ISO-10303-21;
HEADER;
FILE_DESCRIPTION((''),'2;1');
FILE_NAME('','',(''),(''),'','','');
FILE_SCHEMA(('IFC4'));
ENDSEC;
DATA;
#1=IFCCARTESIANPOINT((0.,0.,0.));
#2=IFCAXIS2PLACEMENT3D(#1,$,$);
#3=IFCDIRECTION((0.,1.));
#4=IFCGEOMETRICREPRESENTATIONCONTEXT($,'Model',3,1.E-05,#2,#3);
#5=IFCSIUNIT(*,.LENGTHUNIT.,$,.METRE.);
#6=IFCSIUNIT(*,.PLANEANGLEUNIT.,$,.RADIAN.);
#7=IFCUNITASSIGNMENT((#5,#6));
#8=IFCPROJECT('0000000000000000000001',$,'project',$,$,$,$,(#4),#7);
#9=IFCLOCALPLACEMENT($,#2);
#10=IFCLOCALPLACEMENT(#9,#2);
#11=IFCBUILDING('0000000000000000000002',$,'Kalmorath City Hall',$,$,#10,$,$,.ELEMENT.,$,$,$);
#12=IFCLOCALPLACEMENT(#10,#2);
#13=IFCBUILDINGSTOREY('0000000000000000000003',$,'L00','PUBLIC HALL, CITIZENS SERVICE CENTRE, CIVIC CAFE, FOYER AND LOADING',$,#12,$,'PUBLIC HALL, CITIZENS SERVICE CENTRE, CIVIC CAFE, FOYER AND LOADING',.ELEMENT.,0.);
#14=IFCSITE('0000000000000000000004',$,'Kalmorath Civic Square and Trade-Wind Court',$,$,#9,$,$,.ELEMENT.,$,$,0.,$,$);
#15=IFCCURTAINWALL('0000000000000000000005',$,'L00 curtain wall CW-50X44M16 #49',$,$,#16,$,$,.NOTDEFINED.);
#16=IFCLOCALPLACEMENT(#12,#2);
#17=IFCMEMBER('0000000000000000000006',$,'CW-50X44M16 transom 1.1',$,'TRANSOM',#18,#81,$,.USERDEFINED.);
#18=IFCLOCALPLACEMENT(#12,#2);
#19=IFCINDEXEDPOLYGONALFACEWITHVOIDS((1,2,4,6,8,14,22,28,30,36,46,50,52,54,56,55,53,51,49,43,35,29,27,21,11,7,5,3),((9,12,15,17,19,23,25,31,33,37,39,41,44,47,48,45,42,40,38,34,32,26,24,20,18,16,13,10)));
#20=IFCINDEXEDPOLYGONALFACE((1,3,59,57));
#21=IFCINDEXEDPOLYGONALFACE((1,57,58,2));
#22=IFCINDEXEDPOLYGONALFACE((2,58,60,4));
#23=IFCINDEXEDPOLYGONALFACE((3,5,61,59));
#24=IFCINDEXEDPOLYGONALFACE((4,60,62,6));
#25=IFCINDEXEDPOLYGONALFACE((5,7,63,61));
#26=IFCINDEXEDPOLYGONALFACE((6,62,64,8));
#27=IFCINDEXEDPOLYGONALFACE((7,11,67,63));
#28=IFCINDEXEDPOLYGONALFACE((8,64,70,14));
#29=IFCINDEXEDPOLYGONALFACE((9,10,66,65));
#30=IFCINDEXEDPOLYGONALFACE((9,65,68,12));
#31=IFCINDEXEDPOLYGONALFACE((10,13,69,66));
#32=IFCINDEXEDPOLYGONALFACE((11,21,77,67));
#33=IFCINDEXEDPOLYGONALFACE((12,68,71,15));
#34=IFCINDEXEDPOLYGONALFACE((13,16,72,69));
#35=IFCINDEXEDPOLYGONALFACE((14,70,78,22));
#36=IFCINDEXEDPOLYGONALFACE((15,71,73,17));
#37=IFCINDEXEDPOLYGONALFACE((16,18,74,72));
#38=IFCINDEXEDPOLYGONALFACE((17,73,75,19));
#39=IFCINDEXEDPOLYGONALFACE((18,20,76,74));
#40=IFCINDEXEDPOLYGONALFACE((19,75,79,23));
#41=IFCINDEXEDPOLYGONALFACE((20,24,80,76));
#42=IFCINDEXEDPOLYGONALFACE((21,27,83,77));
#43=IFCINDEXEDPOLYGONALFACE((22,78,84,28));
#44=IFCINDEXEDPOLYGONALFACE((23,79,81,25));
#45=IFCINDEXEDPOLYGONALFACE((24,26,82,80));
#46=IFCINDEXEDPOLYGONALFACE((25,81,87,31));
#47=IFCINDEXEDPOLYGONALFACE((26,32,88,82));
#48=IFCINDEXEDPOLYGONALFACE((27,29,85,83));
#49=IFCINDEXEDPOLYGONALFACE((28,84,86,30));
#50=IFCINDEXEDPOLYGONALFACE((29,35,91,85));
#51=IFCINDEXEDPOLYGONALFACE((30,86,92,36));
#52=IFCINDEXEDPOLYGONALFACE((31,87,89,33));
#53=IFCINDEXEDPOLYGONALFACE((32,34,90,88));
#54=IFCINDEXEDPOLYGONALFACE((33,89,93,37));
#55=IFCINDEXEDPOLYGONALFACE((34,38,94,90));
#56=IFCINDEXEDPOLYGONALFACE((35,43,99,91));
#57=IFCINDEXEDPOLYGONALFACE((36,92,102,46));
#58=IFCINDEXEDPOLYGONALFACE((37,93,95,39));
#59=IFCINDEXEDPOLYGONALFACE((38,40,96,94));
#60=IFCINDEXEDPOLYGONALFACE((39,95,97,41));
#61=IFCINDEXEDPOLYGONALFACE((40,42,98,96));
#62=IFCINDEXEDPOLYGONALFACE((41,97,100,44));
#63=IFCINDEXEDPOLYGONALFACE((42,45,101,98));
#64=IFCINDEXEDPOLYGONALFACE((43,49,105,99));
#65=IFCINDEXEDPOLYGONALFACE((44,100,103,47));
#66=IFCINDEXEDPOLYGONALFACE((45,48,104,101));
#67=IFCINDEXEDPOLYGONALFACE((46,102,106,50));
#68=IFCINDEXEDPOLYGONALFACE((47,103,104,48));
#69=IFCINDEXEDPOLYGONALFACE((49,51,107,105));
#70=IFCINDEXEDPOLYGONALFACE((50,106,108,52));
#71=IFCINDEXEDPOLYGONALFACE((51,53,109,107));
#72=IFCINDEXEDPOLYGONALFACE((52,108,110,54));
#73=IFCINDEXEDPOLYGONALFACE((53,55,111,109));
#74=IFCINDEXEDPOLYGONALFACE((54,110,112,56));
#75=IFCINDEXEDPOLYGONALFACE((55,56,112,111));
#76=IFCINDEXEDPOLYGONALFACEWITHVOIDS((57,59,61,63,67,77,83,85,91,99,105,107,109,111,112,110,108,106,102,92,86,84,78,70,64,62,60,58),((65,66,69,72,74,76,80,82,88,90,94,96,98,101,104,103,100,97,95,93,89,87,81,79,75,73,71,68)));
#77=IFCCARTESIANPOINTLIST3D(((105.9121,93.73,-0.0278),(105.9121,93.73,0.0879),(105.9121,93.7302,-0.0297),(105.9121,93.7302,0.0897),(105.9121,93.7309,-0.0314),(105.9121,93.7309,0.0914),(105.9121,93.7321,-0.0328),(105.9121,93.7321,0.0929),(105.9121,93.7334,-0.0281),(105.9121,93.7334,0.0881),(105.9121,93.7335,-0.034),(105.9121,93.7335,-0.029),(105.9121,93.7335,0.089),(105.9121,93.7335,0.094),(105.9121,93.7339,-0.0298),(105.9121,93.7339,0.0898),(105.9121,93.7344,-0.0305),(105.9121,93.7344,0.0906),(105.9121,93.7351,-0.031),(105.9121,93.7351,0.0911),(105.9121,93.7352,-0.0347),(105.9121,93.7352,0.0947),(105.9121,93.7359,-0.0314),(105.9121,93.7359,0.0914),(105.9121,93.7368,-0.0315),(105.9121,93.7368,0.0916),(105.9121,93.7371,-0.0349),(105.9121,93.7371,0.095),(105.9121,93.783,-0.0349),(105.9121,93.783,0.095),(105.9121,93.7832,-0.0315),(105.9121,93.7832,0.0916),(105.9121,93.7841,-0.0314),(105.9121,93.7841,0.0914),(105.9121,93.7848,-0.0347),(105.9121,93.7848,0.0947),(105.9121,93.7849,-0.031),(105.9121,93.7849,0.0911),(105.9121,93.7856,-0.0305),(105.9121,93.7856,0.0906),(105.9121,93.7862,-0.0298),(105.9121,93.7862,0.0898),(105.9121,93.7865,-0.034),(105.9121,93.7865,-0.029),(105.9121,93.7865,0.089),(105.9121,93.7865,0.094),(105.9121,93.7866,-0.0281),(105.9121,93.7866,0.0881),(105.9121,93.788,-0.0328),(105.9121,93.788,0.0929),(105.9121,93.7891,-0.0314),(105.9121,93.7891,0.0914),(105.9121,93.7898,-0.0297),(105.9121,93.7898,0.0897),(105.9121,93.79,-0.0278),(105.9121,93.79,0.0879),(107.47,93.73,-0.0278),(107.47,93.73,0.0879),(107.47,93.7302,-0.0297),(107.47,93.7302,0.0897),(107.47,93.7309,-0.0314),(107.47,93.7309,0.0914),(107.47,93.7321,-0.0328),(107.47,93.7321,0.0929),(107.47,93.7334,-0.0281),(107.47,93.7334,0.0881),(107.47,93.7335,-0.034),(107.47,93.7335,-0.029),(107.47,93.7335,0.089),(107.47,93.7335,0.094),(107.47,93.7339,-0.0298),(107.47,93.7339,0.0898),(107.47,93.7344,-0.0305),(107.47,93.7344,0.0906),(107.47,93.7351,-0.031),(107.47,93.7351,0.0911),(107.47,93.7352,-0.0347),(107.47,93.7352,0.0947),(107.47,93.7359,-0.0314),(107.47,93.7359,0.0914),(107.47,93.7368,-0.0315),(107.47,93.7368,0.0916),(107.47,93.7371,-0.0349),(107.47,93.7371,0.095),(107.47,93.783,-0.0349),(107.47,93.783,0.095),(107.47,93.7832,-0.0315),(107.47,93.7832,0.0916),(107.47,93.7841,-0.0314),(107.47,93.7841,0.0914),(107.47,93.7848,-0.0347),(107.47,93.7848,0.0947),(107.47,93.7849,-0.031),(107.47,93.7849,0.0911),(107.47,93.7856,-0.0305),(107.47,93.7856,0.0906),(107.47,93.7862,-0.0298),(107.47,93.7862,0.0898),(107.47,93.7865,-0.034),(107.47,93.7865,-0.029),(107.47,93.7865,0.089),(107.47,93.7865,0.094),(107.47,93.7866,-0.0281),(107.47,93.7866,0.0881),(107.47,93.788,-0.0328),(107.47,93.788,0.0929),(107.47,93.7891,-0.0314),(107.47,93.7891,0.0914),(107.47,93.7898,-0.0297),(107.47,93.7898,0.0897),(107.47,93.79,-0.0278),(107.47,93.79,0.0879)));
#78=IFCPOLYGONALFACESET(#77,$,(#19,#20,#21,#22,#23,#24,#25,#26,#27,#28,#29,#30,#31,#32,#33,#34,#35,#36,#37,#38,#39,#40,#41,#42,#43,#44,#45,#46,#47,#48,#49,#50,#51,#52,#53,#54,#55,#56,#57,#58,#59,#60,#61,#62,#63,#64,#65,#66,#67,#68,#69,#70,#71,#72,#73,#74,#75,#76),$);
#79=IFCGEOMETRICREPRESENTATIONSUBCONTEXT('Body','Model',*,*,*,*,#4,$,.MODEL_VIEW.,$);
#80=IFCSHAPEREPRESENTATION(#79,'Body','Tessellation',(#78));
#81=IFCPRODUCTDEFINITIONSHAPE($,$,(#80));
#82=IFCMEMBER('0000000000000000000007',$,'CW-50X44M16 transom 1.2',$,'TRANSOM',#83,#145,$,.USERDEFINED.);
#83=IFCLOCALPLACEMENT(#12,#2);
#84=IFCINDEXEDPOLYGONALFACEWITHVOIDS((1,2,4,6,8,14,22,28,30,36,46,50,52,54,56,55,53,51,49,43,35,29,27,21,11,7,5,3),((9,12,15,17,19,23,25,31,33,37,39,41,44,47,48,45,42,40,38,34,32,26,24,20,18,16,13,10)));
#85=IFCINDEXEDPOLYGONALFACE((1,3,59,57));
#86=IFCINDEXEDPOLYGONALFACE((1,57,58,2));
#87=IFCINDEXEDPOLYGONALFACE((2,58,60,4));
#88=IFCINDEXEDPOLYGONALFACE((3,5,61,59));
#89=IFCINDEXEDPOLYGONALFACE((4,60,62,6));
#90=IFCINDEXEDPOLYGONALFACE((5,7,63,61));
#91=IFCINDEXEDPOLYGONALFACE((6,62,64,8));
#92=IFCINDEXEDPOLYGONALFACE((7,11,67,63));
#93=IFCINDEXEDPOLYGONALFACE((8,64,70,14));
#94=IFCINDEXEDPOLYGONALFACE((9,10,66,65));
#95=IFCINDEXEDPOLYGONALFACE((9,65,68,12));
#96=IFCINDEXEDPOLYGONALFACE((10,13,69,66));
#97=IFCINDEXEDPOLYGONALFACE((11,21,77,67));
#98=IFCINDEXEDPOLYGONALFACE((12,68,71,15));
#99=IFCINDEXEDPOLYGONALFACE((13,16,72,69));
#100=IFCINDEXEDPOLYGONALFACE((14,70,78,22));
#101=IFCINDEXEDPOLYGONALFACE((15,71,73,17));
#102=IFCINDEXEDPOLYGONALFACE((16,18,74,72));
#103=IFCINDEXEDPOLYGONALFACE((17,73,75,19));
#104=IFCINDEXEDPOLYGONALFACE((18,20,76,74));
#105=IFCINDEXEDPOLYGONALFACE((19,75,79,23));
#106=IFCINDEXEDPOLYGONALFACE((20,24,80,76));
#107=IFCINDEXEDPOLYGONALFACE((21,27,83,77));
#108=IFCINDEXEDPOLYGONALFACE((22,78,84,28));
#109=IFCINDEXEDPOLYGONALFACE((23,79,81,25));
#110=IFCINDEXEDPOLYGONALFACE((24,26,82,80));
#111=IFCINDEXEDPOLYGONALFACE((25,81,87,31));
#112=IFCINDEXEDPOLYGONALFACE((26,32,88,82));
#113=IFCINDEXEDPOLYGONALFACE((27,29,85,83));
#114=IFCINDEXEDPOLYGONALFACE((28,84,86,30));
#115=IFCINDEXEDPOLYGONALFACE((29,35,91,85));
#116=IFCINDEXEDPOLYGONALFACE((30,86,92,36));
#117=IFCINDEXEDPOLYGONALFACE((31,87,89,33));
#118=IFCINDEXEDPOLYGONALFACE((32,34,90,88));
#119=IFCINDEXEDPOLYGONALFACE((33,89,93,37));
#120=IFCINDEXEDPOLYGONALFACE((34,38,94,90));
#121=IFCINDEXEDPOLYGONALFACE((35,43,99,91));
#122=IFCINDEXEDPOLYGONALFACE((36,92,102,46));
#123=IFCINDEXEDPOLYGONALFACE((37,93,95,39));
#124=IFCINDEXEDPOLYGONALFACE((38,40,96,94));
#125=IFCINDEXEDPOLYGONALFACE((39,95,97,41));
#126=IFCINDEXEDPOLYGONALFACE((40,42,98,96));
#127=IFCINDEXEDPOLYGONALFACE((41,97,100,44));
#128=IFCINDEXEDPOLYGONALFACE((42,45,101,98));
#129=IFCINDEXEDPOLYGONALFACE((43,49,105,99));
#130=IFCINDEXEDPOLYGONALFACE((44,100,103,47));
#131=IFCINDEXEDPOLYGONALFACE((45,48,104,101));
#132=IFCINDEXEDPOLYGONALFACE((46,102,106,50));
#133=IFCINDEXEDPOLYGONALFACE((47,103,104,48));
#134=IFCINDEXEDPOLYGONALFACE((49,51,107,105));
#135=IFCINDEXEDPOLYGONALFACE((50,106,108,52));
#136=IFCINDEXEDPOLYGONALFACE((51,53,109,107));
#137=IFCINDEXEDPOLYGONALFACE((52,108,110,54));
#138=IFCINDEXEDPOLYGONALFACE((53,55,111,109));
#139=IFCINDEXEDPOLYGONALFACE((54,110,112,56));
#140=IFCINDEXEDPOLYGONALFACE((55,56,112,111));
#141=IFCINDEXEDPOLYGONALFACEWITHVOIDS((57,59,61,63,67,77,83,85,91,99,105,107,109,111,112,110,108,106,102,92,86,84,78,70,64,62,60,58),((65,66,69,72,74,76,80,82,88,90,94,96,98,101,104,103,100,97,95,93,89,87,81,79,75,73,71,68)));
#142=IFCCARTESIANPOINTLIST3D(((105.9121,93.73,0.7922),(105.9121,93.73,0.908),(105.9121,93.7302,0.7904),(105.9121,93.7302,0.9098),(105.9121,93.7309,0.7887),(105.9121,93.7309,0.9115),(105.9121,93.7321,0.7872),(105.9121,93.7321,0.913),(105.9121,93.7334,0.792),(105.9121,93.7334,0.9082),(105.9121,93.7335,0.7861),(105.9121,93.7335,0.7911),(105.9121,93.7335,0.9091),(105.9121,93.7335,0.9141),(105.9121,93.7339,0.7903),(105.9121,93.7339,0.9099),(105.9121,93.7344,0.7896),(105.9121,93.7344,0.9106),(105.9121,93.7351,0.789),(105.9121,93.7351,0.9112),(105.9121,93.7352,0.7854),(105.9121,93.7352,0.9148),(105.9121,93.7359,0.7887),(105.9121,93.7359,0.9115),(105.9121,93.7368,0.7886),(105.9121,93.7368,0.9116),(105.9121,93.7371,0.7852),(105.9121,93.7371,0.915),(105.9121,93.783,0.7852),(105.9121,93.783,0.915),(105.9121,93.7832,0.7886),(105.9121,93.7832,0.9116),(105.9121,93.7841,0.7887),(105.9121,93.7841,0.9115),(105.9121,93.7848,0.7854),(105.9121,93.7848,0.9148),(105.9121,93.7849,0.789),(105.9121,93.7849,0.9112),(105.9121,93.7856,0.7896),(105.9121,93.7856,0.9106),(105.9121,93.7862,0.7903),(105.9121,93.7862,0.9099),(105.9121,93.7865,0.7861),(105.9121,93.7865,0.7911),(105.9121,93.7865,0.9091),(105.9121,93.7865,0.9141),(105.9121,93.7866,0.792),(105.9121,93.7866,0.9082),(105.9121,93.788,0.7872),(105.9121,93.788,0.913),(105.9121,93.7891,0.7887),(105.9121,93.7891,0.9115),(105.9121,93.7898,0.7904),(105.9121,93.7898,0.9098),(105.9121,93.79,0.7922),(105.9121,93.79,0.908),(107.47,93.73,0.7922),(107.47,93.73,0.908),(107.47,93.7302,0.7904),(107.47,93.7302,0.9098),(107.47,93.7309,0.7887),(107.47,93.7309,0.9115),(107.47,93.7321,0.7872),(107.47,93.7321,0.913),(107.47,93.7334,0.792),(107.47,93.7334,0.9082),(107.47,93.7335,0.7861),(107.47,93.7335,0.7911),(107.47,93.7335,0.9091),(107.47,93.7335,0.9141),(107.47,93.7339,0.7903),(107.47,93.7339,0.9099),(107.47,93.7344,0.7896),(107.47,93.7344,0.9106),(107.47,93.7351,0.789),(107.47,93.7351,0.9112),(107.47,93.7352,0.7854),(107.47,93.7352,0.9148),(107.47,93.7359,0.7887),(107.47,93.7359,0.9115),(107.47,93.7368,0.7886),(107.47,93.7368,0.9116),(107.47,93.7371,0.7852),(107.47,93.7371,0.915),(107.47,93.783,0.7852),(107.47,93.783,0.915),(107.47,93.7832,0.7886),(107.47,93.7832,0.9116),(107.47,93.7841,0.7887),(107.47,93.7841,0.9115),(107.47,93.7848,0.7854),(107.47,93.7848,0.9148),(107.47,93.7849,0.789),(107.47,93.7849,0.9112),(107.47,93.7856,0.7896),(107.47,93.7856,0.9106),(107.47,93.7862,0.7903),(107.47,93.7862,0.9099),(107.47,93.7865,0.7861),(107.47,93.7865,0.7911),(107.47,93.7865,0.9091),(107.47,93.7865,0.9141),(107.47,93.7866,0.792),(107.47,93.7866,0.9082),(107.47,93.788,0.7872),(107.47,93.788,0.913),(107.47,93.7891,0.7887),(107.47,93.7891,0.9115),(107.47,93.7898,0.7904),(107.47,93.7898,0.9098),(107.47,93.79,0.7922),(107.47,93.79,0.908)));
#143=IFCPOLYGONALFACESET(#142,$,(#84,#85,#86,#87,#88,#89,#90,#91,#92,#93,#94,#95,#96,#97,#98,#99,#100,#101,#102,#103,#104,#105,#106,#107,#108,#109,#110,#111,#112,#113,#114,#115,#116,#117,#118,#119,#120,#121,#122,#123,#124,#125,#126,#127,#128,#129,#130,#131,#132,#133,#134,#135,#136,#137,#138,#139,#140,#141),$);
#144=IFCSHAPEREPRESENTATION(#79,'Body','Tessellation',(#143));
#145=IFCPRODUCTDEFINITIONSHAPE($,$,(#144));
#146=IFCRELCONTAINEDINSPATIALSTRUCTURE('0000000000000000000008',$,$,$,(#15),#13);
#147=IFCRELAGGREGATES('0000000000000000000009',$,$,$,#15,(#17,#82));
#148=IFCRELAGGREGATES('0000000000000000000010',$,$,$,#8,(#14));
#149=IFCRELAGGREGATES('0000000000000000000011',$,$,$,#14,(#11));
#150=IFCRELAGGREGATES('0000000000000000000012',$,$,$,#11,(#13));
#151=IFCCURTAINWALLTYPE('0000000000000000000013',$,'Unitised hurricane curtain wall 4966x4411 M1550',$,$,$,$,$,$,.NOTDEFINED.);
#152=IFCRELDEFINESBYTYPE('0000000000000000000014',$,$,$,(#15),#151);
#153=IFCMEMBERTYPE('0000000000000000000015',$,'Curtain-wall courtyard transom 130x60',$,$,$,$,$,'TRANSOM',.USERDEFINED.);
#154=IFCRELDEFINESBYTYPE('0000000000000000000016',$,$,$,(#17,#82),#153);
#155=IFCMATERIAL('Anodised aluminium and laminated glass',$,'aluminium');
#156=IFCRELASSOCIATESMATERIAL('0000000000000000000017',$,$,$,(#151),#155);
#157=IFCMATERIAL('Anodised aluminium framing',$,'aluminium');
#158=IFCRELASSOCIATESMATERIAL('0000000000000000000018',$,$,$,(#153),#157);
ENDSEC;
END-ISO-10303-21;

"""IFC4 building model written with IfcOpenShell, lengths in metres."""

from ifc_helpers import new_model, si_unit, direction, frame, origin, origin_2d, place, context, subcontext, project, spatial, hollow_rectangle, extrude, material, material_profile, profile_set, type_object, element, aggregate, save


model = new_model("IFC4")

# Units and contexts
model_context = context("Model", 3, precision=1e-05, world=origin(), true_north=direction((0.0, 1.0)))
body_context = subcontext(model_context, "Body", "Model", "MODEL_VIEW")
ifc_project = project(units=[si_unit("LENGTHUNIT", "METRE"), si_unit("PLANEANGLEUNIT", "RADIAN")], contexts=[model_context])

# Site, building, storey
site_placement = place(None, origin())
site = spatial("IfcSite", under=ifc_project, at=site_placement, Name="Kalmorath Civic Square and Trade-Wind Court", CompositionType="ELEMENT", RefElevation=0.0)
building_placement = place(site_placement, origin())
building = spatial("IfcBuilding", under=site, at=building_placement, Name="Kalmorath City Hall", CompositionType="ELEMENT")
storey_placement = place(building_placement, origin())
storey = spatial("IfcBuildingStorey", under=building, at=storey_placement, Name="L00", Description="PUBLIC HALL, CITIZENS SERVICE CENTRE, CIVIC CAFE, FOYER AND LOADING", LongName="PUBLIC HALL, CITIZENS SERVICE CENTRE, CIVIC CAFE, FOYER AND LOADING", CompositionType="ELEMENT", Elevation=0.0)

# Curtain wall, members
ifc_material_1 = material(Name="Anodised aluminium and laminated glass", Category="aluminium")
curtain_wall_type = type_object("IfcCurtainWallType", Name="Unitised hurricane curtain wall 4966x4411 M1550", PredefinedType="NOTDEFINED", material=ifc_material_1)
curtain_wall_placement = place(storey_placement, origin())
curtain_wall = element("IfcCurtainWall", 1, at=curtain_wall_placement, inside=storey, type_object=curtain_wall_type, Name="L00 curtain wall CW-50X44M16 #49", PredefinedType="NOTDEFINED")
ifc_material_2 = material(Name="Anodised aluminium framing", Category="aluminium")
ifc_material_profile_1 = material_profile(ifc_material_2, hollow_rectangle(XDim=0.0601, YDim=0.1299, WallThickness=0.0034, InnerFilletRadius=0.0034, OuterFilletRadius=0.0071, at=origin_2d()), Name="ALU-TRN-130X60X3.5")
ifc_profile_set_1 = profile_set([ifc_material_profile_1], Name="Anodised aluminium framing")
member_type_1 = type_object("IfcMemberType", Name="Curtain-wall courtyard transom 130x60", ElementType="TRANSOM", PredefinedType="USERDEFINED", material=ifc_profile_set_1)
member_1_placement = place(storey_placement, frame((107.47, 93.76, 0.03), z_axis=(-1.0, 0.0, 0.0), x_axis=(0.0, -1.0, 0.0)))
member_1 = element("IfcMember", 2, at=member_1_placement, type_object=member_type_1, Name="CW-50X44M16 transom 1.1", ObjectType="TRANSOM", PredefinedType="USERDEFINED", context=body_context, shape_type="SweptSolid", body=[
    extrude(hollow_rectangle(XDim=0.0601, YDim=0.1299, WallThickness=0.0034, InnerFilletRadius=0.0034, OuterFilletRadius=0.0071, at=origin_2d()), origin(), (0.0, 0.0, 1.0), 1.5579),
])
member_2_placement = place(storey_placement, frame((107.47, 93.76, 0.8501), z_axis=(-1.0, 0.0, 0.0), x_axis=(0.0, -1.0, 0.0)))
member_2 = element("IfcMember", 3, at=member_2_placement, type_object=member_type_1, Name="CW-50X44M16 transom 1.2", ObjectType="TRANSOM", PredefinedType="USERDEFINED", context=body_context, shape_type="SweptSolid", body=[
    extrude(hollow_rectangle(XDim=0.0601, YDim=0.1299, WallThickness=0.0034, InnerFilletRadius=0.0034, OuterFilletRadius=0.0071, at=origin_2d()), origin(), (0.0, 0.0, 1.0), 1.5579),
])
aggregate(curtain_wall, [member_1, member_2])

save(model, "model.ifc")
